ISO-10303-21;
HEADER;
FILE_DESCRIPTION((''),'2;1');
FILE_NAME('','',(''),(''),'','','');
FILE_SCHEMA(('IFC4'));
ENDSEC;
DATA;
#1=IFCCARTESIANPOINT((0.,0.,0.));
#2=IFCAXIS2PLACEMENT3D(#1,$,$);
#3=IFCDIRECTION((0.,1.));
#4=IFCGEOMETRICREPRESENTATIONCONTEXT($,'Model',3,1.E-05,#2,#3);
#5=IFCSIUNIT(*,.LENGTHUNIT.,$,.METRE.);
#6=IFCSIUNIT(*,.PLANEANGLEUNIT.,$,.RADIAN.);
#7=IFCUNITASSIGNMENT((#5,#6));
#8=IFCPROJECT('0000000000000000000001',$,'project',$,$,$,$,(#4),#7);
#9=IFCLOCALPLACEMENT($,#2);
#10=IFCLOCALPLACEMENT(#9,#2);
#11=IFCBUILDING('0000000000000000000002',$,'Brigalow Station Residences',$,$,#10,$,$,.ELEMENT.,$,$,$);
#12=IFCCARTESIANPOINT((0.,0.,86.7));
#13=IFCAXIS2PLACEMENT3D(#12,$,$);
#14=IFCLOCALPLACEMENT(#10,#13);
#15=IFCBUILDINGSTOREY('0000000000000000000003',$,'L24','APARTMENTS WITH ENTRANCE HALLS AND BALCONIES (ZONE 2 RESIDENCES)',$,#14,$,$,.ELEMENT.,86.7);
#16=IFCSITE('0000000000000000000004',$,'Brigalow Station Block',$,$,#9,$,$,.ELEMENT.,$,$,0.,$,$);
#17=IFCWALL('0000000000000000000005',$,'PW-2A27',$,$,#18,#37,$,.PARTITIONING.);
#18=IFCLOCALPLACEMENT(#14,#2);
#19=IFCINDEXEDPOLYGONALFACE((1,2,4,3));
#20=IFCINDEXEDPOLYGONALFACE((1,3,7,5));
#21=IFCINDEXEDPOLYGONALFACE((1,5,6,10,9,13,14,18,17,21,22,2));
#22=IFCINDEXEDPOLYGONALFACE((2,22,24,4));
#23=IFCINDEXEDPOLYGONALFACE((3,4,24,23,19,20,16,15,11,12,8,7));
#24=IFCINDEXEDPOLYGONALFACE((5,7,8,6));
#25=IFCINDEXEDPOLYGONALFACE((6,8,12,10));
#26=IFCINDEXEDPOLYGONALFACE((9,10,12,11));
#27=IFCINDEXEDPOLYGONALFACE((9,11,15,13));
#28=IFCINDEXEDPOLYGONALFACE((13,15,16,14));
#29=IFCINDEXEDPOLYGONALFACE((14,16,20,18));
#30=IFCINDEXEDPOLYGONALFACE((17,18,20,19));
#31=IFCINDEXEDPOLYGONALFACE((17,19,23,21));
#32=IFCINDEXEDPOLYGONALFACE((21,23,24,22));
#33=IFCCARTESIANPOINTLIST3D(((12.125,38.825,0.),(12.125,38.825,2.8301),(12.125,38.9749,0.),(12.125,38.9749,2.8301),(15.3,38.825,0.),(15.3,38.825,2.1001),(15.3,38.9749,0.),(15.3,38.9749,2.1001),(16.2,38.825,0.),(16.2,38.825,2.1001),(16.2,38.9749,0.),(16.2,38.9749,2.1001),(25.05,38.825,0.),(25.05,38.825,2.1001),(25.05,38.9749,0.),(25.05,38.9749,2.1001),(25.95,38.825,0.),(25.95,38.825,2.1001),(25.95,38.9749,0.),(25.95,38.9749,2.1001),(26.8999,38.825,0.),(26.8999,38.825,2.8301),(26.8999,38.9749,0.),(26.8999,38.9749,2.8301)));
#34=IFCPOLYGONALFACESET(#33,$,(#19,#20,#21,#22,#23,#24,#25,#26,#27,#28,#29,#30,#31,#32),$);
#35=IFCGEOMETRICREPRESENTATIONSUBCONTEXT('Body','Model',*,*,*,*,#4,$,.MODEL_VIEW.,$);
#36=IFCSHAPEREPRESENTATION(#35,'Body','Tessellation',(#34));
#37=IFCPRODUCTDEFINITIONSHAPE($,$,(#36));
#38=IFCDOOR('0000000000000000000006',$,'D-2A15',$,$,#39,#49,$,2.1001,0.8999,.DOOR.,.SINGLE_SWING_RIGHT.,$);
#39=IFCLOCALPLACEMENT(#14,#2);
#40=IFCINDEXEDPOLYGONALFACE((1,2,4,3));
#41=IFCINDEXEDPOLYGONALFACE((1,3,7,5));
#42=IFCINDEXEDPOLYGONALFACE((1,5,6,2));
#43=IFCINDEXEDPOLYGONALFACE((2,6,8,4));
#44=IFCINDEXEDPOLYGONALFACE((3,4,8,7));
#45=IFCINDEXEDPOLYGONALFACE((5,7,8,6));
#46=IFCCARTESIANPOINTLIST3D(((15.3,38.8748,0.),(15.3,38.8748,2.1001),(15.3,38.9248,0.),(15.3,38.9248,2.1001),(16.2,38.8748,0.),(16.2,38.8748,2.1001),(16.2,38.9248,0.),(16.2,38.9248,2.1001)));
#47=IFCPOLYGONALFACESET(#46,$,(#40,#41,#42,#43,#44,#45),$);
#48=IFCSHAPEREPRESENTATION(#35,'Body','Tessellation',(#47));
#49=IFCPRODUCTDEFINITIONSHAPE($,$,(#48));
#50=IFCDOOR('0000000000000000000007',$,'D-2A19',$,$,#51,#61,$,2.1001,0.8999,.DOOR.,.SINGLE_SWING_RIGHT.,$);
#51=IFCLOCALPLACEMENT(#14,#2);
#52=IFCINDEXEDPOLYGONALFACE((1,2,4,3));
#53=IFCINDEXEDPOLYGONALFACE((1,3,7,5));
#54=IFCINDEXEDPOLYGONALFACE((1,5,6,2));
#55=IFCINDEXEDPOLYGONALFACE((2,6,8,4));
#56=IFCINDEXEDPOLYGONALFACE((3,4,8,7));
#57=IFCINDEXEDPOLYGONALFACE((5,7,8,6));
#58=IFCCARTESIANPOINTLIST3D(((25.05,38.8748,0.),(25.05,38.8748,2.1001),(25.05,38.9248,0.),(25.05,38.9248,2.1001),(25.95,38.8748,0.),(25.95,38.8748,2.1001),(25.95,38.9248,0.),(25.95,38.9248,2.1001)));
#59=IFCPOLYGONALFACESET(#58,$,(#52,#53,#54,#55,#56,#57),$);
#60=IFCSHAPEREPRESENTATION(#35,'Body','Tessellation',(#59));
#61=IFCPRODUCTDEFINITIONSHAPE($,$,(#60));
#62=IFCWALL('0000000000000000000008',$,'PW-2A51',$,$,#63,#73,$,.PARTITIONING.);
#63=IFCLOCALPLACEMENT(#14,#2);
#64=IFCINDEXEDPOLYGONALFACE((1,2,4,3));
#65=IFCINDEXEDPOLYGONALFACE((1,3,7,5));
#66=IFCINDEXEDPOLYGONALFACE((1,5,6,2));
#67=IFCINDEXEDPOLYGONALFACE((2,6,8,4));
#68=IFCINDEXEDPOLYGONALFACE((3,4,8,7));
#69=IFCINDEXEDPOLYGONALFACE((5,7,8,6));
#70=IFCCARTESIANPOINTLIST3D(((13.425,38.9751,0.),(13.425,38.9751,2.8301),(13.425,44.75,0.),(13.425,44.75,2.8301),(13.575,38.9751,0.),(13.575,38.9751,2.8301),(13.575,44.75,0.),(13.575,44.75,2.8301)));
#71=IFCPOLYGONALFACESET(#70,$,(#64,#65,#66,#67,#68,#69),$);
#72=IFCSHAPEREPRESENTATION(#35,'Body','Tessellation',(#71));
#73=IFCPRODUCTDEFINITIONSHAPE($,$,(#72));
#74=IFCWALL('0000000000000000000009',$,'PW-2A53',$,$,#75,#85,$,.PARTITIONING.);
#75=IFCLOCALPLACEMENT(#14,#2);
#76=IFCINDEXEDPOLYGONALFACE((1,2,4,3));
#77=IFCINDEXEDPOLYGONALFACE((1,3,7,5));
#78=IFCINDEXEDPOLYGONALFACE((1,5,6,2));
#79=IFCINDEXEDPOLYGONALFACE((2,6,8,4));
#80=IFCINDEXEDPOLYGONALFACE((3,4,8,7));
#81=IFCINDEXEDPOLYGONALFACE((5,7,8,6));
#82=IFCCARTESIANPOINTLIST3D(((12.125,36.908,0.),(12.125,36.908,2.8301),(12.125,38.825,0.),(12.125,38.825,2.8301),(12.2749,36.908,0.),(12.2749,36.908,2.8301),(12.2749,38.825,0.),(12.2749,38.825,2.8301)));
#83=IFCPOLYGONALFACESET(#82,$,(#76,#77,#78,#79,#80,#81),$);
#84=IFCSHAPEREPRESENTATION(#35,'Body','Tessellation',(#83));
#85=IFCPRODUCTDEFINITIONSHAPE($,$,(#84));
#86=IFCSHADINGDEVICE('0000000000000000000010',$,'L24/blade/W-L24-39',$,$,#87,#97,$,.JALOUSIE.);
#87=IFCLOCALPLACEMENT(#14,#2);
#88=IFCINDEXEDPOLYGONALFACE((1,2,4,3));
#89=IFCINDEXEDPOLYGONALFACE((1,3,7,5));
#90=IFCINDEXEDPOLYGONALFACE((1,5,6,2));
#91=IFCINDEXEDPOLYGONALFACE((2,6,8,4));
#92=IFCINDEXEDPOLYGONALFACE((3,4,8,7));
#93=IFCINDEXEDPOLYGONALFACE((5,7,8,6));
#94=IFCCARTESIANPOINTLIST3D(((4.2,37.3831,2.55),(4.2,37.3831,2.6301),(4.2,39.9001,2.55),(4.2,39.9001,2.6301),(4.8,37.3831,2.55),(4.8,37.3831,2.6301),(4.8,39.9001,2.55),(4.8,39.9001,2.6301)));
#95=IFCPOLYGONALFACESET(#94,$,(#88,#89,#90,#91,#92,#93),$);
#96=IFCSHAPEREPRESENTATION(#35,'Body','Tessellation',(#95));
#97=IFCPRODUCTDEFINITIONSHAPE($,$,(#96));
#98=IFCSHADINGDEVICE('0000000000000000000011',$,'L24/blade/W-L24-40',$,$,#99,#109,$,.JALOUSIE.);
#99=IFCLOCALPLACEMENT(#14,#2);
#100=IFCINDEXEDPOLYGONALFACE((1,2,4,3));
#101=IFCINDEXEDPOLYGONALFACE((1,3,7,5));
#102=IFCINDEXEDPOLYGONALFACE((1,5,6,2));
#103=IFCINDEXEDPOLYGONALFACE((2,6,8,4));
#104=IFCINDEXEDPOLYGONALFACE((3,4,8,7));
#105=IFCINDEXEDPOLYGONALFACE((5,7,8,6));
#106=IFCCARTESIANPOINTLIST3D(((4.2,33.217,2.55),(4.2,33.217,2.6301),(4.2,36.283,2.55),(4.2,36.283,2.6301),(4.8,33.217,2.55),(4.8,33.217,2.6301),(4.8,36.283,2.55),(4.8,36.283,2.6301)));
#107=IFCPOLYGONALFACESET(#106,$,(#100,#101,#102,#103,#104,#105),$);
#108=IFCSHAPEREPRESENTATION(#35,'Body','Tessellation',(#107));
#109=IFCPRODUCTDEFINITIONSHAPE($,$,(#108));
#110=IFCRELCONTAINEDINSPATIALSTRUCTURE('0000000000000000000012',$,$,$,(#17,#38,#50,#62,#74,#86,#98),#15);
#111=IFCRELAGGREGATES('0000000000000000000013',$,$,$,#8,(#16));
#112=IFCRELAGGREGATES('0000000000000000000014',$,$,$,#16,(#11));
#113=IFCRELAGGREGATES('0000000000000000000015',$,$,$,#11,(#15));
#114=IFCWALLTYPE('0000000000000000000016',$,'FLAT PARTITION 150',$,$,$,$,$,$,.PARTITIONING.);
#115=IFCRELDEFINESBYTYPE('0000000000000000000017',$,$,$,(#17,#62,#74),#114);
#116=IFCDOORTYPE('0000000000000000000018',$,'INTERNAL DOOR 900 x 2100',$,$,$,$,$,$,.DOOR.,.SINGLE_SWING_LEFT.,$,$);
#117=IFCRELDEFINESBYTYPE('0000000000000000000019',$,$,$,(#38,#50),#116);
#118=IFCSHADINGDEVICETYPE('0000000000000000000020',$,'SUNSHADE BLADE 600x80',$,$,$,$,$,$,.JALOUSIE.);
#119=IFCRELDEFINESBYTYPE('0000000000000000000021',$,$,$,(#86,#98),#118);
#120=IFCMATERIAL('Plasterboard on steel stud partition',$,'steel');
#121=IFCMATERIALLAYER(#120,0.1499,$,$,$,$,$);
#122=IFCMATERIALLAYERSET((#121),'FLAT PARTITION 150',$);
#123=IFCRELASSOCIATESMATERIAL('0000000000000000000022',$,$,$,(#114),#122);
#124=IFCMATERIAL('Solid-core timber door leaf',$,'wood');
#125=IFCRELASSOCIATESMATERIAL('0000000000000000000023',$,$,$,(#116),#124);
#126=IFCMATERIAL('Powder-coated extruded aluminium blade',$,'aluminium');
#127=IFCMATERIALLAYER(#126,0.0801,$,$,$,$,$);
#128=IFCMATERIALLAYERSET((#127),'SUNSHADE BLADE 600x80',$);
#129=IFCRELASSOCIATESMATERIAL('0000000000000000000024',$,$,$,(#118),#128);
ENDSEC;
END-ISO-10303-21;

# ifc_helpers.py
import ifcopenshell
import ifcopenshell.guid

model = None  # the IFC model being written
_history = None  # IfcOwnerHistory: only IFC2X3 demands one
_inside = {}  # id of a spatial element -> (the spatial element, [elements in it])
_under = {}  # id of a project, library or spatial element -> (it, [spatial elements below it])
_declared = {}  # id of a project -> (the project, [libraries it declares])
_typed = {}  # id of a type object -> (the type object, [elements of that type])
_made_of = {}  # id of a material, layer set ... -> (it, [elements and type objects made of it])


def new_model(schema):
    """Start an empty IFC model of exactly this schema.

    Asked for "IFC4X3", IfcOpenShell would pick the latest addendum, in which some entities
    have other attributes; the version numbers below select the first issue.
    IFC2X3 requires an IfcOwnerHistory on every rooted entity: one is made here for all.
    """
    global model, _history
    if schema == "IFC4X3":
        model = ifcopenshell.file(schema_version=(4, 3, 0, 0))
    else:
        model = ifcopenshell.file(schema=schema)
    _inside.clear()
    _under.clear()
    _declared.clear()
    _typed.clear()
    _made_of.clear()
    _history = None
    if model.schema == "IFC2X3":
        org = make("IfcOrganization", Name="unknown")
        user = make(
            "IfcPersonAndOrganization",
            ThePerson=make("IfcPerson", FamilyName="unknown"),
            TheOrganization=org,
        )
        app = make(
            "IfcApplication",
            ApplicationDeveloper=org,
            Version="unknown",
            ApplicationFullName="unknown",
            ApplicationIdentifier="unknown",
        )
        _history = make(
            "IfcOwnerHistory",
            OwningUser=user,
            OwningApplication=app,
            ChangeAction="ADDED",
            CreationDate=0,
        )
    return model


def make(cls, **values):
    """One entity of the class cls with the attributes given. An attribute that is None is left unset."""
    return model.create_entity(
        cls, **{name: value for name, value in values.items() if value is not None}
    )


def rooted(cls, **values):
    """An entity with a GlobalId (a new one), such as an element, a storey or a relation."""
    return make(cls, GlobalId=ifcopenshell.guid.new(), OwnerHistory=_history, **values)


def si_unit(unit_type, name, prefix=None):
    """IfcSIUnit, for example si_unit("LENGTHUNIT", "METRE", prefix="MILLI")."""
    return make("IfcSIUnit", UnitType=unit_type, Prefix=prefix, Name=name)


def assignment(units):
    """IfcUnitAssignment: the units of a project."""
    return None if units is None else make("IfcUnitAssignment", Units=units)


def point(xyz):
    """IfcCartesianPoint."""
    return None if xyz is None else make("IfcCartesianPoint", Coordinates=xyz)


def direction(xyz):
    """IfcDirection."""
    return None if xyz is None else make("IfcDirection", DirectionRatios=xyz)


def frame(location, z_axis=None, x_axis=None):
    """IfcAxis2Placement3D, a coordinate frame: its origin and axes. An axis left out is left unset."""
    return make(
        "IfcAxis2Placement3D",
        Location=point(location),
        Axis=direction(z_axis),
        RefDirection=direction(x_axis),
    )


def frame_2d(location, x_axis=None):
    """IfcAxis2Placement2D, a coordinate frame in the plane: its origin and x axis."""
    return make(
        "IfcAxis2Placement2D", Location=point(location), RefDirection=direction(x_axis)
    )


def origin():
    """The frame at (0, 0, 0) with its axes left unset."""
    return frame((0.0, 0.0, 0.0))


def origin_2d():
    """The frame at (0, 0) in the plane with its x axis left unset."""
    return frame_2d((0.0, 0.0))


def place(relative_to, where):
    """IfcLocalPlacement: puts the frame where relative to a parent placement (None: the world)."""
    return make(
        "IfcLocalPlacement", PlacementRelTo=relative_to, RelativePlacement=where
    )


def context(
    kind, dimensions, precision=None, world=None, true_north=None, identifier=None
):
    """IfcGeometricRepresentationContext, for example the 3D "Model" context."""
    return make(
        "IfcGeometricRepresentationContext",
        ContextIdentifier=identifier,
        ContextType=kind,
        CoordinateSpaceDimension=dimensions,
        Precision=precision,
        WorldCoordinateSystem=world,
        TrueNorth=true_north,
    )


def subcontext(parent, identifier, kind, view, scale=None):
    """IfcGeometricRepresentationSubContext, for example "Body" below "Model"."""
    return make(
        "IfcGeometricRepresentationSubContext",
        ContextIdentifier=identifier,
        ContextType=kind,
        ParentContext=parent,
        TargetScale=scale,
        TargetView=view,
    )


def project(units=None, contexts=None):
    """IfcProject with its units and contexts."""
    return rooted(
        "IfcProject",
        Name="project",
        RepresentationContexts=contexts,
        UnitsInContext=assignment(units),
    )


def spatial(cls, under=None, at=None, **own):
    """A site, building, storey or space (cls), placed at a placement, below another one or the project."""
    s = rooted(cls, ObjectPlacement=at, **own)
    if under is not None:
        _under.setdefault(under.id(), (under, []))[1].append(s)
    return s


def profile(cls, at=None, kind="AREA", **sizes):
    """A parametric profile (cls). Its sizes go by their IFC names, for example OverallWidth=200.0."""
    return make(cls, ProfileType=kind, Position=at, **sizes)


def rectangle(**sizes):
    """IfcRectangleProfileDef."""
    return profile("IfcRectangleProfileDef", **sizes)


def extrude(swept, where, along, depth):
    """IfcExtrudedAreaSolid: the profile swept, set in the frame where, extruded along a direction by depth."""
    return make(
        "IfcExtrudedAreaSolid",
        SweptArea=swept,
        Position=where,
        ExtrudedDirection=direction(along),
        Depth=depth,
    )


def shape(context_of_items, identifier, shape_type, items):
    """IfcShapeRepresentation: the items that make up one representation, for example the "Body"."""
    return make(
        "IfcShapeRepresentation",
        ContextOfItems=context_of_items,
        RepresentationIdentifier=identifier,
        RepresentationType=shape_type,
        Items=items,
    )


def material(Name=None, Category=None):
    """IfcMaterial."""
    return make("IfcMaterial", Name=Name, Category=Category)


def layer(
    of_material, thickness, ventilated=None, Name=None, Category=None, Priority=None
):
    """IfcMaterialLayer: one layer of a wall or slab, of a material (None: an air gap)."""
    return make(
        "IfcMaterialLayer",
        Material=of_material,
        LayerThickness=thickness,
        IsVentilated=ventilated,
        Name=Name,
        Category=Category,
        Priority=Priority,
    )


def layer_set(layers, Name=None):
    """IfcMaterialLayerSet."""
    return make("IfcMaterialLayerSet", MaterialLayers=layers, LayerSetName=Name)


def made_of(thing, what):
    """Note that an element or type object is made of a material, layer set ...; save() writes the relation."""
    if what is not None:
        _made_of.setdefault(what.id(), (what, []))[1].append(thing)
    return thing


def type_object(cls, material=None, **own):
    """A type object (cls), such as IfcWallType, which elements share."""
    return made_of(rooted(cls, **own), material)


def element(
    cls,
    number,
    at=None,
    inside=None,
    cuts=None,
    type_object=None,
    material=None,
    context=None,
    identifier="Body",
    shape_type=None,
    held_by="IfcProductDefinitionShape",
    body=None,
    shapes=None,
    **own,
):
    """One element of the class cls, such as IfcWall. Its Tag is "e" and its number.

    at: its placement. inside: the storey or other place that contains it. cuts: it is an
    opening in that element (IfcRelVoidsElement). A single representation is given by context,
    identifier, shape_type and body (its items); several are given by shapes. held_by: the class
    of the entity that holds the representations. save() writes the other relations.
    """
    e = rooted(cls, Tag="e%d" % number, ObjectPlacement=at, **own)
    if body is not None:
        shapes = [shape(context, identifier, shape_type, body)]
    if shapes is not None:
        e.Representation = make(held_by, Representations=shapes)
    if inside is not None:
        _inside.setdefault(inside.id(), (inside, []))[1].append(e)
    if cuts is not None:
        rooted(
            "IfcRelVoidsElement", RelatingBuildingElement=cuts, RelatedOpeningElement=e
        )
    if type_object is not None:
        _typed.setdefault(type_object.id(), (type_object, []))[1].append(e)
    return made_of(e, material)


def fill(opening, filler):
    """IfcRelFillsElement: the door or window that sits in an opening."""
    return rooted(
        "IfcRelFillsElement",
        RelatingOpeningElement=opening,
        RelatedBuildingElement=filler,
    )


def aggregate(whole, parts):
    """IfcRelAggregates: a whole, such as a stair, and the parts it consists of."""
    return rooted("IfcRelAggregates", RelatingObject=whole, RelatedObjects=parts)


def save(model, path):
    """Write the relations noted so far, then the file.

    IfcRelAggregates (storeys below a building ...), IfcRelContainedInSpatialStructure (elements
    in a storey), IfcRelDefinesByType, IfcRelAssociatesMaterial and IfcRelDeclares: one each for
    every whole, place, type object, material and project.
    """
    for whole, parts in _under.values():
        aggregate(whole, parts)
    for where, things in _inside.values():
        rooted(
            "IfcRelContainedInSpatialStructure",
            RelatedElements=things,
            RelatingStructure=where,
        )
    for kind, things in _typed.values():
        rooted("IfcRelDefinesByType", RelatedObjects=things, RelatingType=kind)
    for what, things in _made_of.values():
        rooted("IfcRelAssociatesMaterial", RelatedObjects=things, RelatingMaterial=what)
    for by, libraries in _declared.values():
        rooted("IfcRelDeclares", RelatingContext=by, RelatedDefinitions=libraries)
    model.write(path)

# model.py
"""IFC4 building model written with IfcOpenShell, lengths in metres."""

from ifc_helpers import new_model, si_unit, direction, frame, frame_2d, origin, origin_2d, place, context, subcontext, project, spatial, rectangle, extrude, material, layer, layer_set, type_object, element, fill, save


model = new_model("IFC4")

# Units and contexts
model_context = context("Model", 3, precision=1e-05, world=origin(), true_north=direction((0.0, 1.0)))
body_context = subcontext(model_context, "Body", "Model", "MODEL_VIEW")
ifc_project = project(units=[si_unit("LENGTHUNIT", "METRE"), si_unit("PLANEANGLEUNIT", "RADIAN")], contexts=[model_context])

# Site, building, storey
site_placement = place(None, origin())
site = spatial("IfcSite", under=ifc_project, at=site_placement, Name="Brigalow Station Block", CompositionType="ELEMENT", RefElevation=0.0)
building_placement = place(site_placement, origin())
building = spatial("IfcBuilding", under=site, at=building_placement, Name="Brigalow Station Residences", CompositionType="ELEMENT")
storey_placement = place(building_placement, frame((0.0, 0.0, 86.7)))
storey = spatial("IfcBuildingStorey", under=building, at=storey_placement, Name="L24", Description="APARTMENTS WITH ENTRANCE HALLS AND BALCONIES (ZONE 2 RESIDENCES)", CompositionType="ELEMENT", Elevation=86.7)

# Shared definitions
ifc_material_1 = material(Name="Plasterboard on steel stud partition", Category="steel")
ifc_layer_1 = layer(ifc_material_1, 0.1499)
ifc_layer_set_1 = layer_set([ifc_layer_1], Name="FLAT PARTITION 150")
wall_type_1 = type_object("IfcWallType", Name="FLAT PARTITION 150", PredefinedType="PARTITIONING", material=ifc_layer_set_1)
ifc_material_2 = material(Name="Solid-core timber door leaf", Category="wood")
door_type = type_object("IfcDoorType", Name="INTERNAL DOOR 900 x 2100", OperationType="SINGLE_SWING_LEFT", PredefinedType="DOOR", material=ifc_material_2)

# Wall, openings, doors
wall_1_placement = place(storey_placement, frame((12.125, 38.8999, 0.0), z_axis=(0.0, 0.0, 1.0), x_axis=(1.0, 0.0, 0.0)))
wall_1 = element("IfcWall", 1, at=wall_1_placement, inside=storey, type_object=wall_type_1, Name="PW-2A27", PredefinedType="PARTITIONING", context=body_context, shape_type="SweptSolid", body=[
    extrude(rectangle(XDim=14.7749, YDim=0.1499, at=frame_2d((7.3875, 0.0))), origin(), (0.0, 0.0, 1.0), 2.8301),
])
opening_1_placement = place(wall_1_placement, frame((3.175, 0.0, 0.0)))
opening_1 = element("IfcOpeningElement", 2, at=opening_1_placement, cuts=wall_1, PredefinedType="OPENING", context=body_context, shape_type="SweptSolid", body=[
    extrude(rectangle(XDim=0.8999, YDim=2.1001, at=frame_2d((0.45, 1.05))), frame((0.0, 0.085, 0.0), z_axis=(0.0, -1.0, 0.0), x_axis=(1.0, 0.0, 0.0)), (0.0, 0.0, 1.0), 0.1699),
])
opening_2_placement = place(wall_1_placement, frame((12.925, 0.0, 0.0)))
opening_2 = element("IfcOpeningElement", 3, at=opening_2_placement, cuts=wall_1, PredefinedType="OPENING", context=body_context, shape_type="SweptSolid", body=[
    extrude(rectangle(XDim=0.8999, YDim=2.1001, at=frame_2d((0.45, 1.05))), frame((0.0, 0.085, 0.0), z_axis=(0.0, -1.0, 0.0), x_axis=(1.0, 0.0, 0.0)), (0.0, 0.0, 1.0), 0.1699),
])
door_1_placement = place(opening_1_placement, origin())
door_1 = element("IfcDoor", 4, at=door_1_placement, inside=storey, type_object=door_type, Name="D-2A15", OperationType="SINGLE_SWING_RIGHT", OverallHeight=2.1001, OverallWidth=0.8999, PredefinedType="DOOR", context=body_context, shape_type="SweptSolid", body=[
    extrude(rectangle(XDim=0.8999, YDim=2.1001, at=frame_2d((0.45, 1.05))), frame((0.0, 0.0249, 0.0), z_axis=(0.0, -1.0, 0.0), x_axis=(1.0, 0.0, 0.0)), (0.0, 0.0, 1.0), 0.05),
])
fill(opening_1, door_1)
door_2_placement = place(opening_2_placement, origin())
door_2 = element("IfcDoor", 5, at=door_2_placement, inside=storey, type_object=door_type, Name="D-2A19", OperationType="SINGLE_SWING_RIGHT", OverallHeight=2.1001, OverallWidth=0.8999, PredefinedType="DOOR", context=body_context, shape_type="SweptSolid", body=[
    extrude(rectangle(XDim=0.8999, YDim=2.1001, at=frame_2d((0.45, 1.05))), frame((0.0, 0.0249, 0.0), z_axis=(0.0, -1.0, 0.0), x_axis=(1.0, 0.0, 0.0)), (0.0, 0.0, 1.0), 0.05),
])
fill(opening_2, door_2)

# Walls
wall_2_placement = place(storey_placement, frame((13.5, 38.9751, 0.0), z_axis=(0.0, 0.0, 1.0), x_axis=(0.0, 1.0, 0.0)))
element("IfcWall", 6, at=wall_2_placement, inside=storey, type_object=wall_type_1, Name="PW-2A51", PredefinedType="PARTITIONING", context=body_context, shape_type="SweptSolid", body=[
    extrude(rectangle(XDim=5.7749, YDim=0.1499, at=frame_2d((2.8875, 0.0))), origin(), (0.0, 0.0, 1.0), 2.8301),
])
wall_3_placement = place(storey_placement, frame((12.2, 36.908, 0.0), z_axis=(0.0, 0.0, 1.0), x_axis=(0.0, 1.0, 0.0)))
element("IfcWall", 7, at=wall_3_placement, inside=storey, type_object=wall_type_1, Name="PW-2A53", PredefinedType="PARTITIONING", context=body_context, shape_type="SweptSolid", body=[
    extrude(rectangle(XDim=1.917, YDim=0.1499, at=frame_2d((0.9585, 0.0))), origin(), (0.0, 0.0, 1.0), 2.8301),
])

# Shading devices
ifc_material_3 = material(Name="Powder-coated extruded aluminium blade", Category="aluminium")
ifc_layer_2 = layer(ifc_material_3, 0.0801)
ifc_layer_set_2 = layer_set([ifc_layer_2], Name="SUNSHADE BLADE 600x80")
shading_device_type = type_object("IfcShadingDeviceType", Name="SUNSHADE BLADE 600x80", PredefinedType="JALOUSIE", material=ifc_layer_set_2)
shading_device_1_placement = place(storey_placement, frame((4.5, 38.6416, 2.55), z_axis=(0.0, 0.0, 1.0), x_axis=(0.0, -1.0, 0.0)))
element("IfcShadingDevice", 8, at=shading_device_1_placement, inside=storey, type_object=shading_device_type, Name="L24/blade/W-L24-39", PredefinedType="JALOUSIE", context=body_context, shape_type="SweptSolid", body=[
    extrude(rectangle(XDim=2.5171, YDim=0.6001, at=origin_2d()), origin(), (0.0, 0.0, 1.0), 0.0801),
])
shading_device_2_placement = place(storey_placement, frame((4.5, 34.75, 2.55), z_axis=(0.0, 0.0, 1.0), x_axis=(0.0, -1.0, 0.0)))
element("IfcShadingDevice", 9, at=shading_device_2_placement, inside=storey, type_object=shading_device_type, Name="L24/blade/W-L24-40", PredefinedType="JALOUSIE", context=body_context, shape_type="SweptSolid", body=[
    extrude(rectangle(XDim=3.0659, YDim=0.6001, at=origin_2d()), origin(), (0.0, 0.0, 1.0), 0.0801),
])

save(model, "model.ifc")
